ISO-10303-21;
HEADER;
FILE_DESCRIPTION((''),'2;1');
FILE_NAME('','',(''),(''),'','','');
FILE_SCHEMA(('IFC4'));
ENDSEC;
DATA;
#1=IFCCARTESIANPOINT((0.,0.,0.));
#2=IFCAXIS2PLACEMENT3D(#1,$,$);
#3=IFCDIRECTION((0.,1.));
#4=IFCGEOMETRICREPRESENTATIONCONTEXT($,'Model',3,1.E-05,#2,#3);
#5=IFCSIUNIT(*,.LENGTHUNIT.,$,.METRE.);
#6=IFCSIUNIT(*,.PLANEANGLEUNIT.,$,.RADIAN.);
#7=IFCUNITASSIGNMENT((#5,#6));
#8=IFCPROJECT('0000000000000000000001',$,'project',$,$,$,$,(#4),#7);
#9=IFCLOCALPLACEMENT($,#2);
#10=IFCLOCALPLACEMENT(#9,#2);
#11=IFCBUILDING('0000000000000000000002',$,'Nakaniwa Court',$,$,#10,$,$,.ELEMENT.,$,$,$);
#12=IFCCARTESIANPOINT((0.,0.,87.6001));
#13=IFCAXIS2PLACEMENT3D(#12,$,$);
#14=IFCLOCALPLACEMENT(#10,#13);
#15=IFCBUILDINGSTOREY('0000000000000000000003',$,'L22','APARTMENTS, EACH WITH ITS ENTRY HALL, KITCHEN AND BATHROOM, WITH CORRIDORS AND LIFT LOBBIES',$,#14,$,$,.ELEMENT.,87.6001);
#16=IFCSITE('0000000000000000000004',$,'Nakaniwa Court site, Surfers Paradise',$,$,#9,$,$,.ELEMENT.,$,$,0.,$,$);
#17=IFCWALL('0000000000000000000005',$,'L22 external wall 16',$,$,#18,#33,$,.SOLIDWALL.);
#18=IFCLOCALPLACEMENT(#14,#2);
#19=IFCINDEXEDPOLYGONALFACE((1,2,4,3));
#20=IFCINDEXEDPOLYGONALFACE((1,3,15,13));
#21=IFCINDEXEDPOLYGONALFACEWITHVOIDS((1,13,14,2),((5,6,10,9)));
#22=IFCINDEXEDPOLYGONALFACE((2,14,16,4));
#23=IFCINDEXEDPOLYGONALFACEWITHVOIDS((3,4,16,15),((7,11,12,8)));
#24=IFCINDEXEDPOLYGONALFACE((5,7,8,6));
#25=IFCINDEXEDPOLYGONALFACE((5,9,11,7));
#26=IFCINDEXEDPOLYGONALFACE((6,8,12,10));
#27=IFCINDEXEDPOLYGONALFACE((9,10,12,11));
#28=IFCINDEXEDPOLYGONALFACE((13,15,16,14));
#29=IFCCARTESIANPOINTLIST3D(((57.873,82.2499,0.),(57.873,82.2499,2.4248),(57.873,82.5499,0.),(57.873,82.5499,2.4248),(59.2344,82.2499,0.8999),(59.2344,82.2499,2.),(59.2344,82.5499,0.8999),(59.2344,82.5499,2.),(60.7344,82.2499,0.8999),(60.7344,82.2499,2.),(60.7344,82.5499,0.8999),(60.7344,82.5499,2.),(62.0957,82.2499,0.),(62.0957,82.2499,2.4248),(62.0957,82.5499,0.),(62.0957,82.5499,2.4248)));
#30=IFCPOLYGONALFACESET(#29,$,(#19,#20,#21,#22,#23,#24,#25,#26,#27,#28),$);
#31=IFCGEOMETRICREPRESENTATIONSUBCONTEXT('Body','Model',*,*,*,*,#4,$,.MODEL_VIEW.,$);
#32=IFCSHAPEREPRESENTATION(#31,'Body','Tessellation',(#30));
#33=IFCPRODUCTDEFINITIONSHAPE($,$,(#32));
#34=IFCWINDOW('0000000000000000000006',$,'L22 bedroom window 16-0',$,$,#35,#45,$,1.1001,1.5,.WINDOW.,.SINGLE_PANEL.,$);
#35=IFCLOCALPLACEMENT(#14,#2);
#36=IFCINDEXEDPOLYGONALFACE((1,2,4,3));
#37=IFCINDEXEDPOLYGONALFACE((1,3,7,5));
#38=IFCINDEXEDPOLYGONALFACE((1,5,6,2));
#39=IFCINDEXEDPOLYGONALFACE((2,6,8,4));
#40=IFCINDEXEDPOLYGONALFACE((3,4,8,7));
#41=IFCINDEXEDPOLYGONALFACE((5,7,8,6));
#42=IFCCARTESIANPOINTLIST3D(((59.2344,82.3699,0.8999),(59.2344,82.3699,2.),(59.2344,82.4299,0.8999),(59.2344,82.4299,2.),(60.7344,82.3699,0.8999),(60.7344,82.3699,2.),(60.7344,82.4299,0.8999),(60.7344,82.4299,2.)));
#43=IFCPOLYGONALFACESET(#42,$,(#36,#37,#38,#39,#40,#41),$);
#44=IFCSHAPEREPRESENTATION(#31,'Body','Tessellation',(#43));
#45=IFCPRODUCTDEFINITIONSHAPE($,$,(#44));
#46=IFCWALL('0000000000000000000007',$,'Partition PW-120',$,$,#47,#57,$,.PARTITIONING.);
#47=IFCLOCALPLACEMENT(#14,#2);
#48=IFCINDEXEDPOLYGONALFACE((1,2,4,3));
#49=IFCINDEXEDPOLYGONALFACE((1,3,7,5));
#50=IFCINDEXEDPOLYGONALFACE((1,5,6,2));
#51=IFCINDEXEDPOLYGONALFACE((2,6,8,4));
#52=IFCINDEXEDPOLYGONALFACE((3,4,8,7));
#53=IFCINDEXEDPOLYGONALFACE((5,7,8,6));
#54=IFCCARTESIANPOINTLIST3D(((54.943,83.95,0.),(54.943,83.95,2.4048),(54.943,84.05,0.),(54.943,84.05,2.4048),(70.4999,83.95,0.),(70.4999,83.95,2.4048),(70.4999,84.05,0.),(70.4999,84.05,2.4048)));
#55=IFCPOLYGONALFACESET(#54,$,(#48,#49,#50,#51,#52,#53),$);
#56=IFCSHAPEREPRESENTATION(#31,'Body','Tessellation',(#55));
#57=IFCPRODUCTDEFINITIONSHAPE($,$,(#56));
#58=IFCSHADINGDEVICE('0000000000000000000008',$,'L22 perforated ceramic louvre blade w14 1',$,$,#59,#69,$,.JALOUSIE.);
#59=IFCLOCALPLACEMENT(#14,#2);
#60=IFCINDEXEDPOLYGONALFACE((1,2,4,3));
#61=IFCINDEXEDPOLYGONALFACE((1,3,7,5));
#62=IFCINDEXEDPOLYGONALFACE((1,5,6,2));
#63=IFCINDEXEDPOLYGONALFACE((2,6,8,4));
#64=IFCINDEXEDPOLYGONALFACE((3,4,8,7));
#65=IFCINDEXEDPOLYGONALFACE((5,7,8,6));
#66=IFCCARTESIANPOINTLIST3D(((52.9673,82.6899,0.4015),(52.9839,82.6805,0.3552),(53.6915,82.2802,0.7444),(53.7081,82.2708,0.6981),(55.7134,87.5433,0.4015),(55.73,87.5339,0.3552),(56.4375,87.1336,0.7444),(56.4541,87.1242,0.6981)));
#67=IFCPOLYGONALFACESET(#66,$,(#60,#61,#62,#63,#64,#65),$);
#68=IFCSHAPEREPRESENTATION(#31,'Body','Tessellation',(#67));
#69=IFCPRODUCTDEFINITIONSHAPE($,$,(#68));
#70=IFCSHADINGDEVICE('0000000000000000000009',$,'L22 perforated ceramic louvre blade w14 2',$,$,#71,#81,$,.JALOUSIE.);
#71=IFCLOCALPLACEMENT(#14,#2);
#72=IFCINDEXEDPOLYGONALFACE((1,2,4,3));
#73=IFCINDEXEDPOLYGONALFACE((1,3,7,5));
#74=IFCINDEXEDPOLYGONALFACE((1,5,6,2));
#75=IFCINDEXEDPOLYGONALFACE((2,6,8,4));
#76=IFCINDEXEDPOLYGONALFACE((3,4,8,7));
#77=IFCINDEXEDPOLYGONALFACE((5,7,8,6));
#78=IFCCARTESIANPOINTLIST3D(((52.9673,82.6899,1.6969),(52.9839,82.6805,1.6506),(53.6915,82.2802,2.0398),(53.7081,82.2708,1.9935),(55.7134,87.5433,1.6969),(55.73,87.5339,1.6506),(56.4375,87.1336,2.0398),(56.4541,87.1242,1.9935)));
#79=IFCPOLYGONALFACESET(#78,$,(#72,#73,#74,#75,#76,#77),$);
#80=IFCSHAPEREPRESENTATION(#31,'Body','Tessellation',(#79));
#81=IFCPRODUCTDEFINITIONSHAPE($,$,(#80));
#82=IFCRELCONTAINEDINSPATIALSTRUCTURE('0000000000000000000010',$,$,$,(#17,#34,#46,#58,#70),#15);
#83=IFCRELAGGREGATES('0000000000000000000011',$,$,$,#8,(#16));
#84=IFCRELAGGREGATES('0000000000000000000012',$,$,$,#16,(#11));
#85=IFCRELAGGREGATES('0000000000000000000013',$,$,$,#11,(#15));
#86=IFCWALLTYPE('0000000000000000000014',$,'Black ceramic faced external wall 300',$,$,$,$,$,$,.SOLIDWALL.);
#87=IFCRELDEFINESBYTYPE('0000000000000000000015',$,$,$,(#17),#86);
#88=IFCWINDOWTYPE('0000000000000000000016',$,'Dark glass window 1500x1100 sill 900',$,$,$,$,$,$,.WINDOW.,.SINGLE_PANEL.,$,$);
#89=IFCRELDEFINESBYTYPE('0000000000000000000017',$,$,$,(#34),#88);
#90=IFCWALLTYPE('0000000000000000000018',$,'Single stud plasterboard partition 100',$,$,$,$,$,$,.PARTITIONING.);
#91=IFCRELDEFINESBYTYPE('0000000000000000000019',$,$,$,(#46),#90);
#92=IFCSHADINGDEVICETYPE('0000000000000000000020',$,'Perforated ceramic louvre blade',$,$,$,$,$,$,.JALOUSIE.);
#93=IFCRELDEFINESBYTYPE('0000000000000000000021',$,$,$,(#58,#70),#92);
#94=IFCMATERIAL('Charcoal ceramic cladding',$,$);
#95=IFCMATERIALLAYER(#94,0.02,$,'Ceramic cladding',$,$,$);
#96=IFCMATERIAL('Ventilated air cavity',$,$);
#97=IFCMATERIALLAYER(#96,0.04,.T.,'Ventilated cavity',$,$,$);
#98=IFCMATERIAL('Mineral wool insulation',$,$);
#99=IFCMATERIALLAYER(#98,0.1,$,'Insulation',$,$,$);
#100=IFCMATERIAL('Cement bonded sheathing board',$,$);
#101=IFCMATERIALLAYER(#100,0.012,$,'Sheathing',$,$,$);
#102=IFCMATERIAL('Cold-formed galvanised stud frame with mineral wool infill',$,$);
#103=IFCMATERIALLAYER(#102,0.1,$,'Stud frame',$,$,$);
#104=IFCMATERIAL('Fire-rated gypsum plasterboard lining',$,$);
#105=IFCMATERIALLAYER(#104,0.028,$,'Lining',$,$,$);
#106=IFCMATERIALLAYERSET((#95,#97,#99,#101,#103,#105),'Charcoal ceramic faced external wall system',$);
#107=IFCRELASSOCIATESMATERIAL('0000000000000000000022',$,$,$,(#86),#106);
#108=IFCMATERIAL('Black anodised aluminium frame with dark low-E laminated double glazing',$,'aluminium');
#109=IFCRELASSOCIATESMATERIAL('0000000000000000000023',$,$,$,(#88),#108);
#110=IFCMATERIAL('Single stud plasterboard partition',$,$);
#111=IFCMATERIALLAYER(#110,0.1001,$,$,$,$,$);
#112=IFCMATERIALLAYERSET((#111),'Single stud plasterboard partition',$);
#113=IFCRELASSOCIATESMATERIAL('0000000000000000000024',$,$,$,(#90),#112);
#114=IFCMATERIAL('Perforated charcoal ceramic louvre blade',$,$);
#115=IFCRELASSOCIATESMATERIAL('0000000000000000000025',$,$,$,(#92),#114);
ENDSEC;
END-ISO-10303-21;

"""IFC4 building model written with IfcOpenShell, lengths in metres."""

from ifc_helpers import new_model, si_unit, direction, frame, frame_2d, origin, origin_2d, place, context, subcontext, project, spatial, rectangle, extrude, material, layer, layer_set, material_profile, profile_set, type_object, element, fill, save


model = new_model("IFC4")

# Units and contexts
model_context = context("Model", 3, precision=1e-05, world=origin(), true_north=direction((0.0, 1.0)))
body_context = subcontext(model_context, "Body", "Model", "MODEL_VIEW")
ifc_project = project(units=[si_unit("LENGTHUNIT", "METRE"), si_unit("PLANEANGLEUNIT", "RADIAN")], contexts=[model_context])

# Site, building, storey
site_placement = place(None, origin())
site = spatial("IfcSite", under=ifc_project, at=site_placement, Name="Nakaniwa Court site, Surfers Paradise", CompositionType="ELEMENT", RefElevation=0.0)
building_placement = place(site_placement, origin())
building = spatial("IfcBuilding", under=site, at=building_placement, Name="Nakaniwa Court", CompositionType="ELEMENT")
storey_placement = place(building_placement, frame((0.0, 0.0, 87.6001)))
storey = spatial("IfcBuildingStorey", under=building, at=storey_placement, Name="L22", Description="APARTMENTS, EACH WITH ITS ENTRY HALL, KITCHEN AND BATHROOM, WITH CORRIDORS AND LIFT LOBBIES", CompositionType="ELEMENT", Elevation=87.6001)

# Shared definitions
ifc_material_1 = material(Name="Charcoal ceramic cladding")
ifc_layer_1 = layer(ifc_material_1, 0.02, Name="Ceramic cladding")
ifc_material_2 = material(Name="Ventilated air cavity")
ifc_layer_2 = layer(ifc_material_2, 0.04, ventilated=True, Name="Ventilated cavity")
ifc_material_3 = material(Name="Mineral wool insulation")
ifc_layer_3 = layer(ifc_material_3, 0.1, Name="Insulation")
ifc_material_4 = material(Name="Cement bonded sheathing board")
ifc_layer_4 = layer(ifc_material_4, 0.012, Name="Sheathing")
ifc_material_5 = material(Name="Cold-formed galvanised stud frame with mineral wool infill")
ifc_layer_5 = layer(ifc_material_5, 0.1, Name="Stud frame")
ifc_material_6 = material(Name="Fire-rated gypsum plasterboard lining")
ifc_layer_6 = layer(ifc_material_6, 0.028, Name="Lining")
ifc_layer_set_1 = layer_set([ifc_layer_1, ifc_layer_2, ifc_layer_3, ifc_layer_4, ifc_layer_5, ifc_layer_6], Name="Charcoal ceramic faced external wall system")
wall_type_1 = type_object("IfcWallType", Name="Black ceramic faced external wall 300", PredefinedType="SOLIDWALL", material=ifc_layer_set_1)
ifc_material_7 = material(Name="Black anodised aluminium frame with dark low-E laminated double glazing", Category="aluminium")

# Wall, opening, window
window_type_1 = type_object("IfcWindowType", Name="Dark glass window 1500x1100 sill 900", PartitioningType="SINGLE_PANEL", PredefinedType="WINDOW", material=ifc_material_7)
wall_1_placement = place(storey_placement, frame((57.873, 82.3999, 0.0), z_axis=(0.0, 0.0, 1.0), x_axis=(1.0, 0.0, 0.0)))
wall_1 = element("IfcWall", 1, at=wall_1_placement, inside=storey, type_object=wall_type_1, Name="L22 external wall 16", PredefinedType="SOLIDWALL", context=body_context, shape_type="SweptSolid", body=[
    extrude(rectangle(XDim=4.2227, YDim=0.3, at=frame_2d((2.1113, 0.0))), origin(), (0.0, 0.0, 1.0), 2.4248),
])
opening_1_placement = place(wall_1_placement, frame((1.3613, 0.0, 0.8999)))
opening_1 = element("IfcOpeningElement", 2, at=opening_1_placement, cuts=wall_1, PredefinedType="OPENING", context=body_context, shape_type="SweptSolid", body=[
    extrude(rectangle(XDim=1.5, YDim=1.1001, at=frame_2d((0.75, 0.55))), frame((0.0, 0.1599, 0.0), z_axis=(0.0, -1.0, 0.0), x_axis=(1.0, 0.0, 0.0)), (0.0, 0.0, 1.0), 0.3201),
])
window_1_placement = place(opening_1_placement, origin())
window_1 = element("IfcWindow", 3, at=window_1_placement, inside=storey, type_object=window_type_1, Name="L22 bedroom window 16-0", OverallHeight=1.1001, OverallWidth=1.5, PartitioningType="SINGLE_PANEL", PredefinedType="WINDOW", context=body_context, shape_type="SweptSolid", body=[
    extrude(rectangle(XDim=1.5, YDim=1.1001, at=frame_2d((0.75, 0.55))), frame((0.0, 0.03, 0.0), z_axis=(0.0, -1.0, 0.0), x_axis=(1.0, 0.0, 0.0)), (0.0, 0.0, 1.0), 0.0601),
])
fill(opening_1, window_1)

# Wall
ifc_material_8 = material(Name="Single stud plasterboard partition")
ifc_layer_7 = layer(ifc_material_8, 0.1001)
ifc_layer_set_2 = layer_set([ifc_layer_7], Name="Single stud plasterboard partition")
wall_type_2 = type_object("IfcWallType", Name="Single stud plasterboard partition 100", PredefinedType="PARTITIONING", material=ifc_layer_set_2)
wall_2_placement = place(storey_placement, frame((54.9431, 84.0, 0.0), z_axis=(0.0, 0.0, 1.0), x_axis=(1.0, 0.0, 0.0)))
element("IfcWall", 4, at=wall_2_placement, inside=storey, type_object=wall_type_2, Name="Partition PW-120", PredefinedType="PARTITIONING", context=body_context, shape_type="SweptSolid", body=[
    extrude(rectangle(XDim=15.5569, YDim=0.1001, at=frame_2d((7.7783, 0.0))), origin(), (0.0, 0.0, 1.0), 2.4048),
])

# Shading devices
ifc_material_9 = material(Name="Perforated charcoal ceramic louvre blade")
ifc_material_profile_1 = material_profile(ifc_material_9, rectangle(XDim=0.8999, YDim=0.05, at=origin_2d()), Name="Perforated ceramic louvre blade")
ifc_profile_set_1 = profile_set([ifc_material_profile_1], Name="Perforated charcoal ceramic louvre blade")
shading_device_type = type_object("IfcShadingDeviceType", Name="Perforated ceramic louvre blade", PredefinedType="JALOUSIE", material=ifc_profile_set_1)
for number, where, z_axis, x_axis, name in (
    (5, (56.0837, 87.3337, 0.5498), (-0.492438, -0.870347, 0.0), (0.804676, -0.455282, 0.38107), "L22 perforated ceramic louvre blade w14 1"),
    (6, (56.0837, 87.3337, 1.8452), (-0.492438, -0.870347, 0.0), (0.804676, -0.455282, 0.38107), "L22 perforated ceramic louvre blade w14 2"),
):
    element("IfcShadingDevice", number, at=place(storey_placement, frame(where, z_axis=z_axis, x_axis=x_axis)), inside=storey, type_object=shading_device_type, Name=name, PredefinedType="JALOUSIE", context=body_context, shape_type="SweptSolid", body=[
        extrude(rectangle(XDim=0.8999, YDim=0.05, at=origin_2d()), origin(), (0.0, 0.0, 1.0), 5.5764),
    ])

save(model, "model.ifc")
